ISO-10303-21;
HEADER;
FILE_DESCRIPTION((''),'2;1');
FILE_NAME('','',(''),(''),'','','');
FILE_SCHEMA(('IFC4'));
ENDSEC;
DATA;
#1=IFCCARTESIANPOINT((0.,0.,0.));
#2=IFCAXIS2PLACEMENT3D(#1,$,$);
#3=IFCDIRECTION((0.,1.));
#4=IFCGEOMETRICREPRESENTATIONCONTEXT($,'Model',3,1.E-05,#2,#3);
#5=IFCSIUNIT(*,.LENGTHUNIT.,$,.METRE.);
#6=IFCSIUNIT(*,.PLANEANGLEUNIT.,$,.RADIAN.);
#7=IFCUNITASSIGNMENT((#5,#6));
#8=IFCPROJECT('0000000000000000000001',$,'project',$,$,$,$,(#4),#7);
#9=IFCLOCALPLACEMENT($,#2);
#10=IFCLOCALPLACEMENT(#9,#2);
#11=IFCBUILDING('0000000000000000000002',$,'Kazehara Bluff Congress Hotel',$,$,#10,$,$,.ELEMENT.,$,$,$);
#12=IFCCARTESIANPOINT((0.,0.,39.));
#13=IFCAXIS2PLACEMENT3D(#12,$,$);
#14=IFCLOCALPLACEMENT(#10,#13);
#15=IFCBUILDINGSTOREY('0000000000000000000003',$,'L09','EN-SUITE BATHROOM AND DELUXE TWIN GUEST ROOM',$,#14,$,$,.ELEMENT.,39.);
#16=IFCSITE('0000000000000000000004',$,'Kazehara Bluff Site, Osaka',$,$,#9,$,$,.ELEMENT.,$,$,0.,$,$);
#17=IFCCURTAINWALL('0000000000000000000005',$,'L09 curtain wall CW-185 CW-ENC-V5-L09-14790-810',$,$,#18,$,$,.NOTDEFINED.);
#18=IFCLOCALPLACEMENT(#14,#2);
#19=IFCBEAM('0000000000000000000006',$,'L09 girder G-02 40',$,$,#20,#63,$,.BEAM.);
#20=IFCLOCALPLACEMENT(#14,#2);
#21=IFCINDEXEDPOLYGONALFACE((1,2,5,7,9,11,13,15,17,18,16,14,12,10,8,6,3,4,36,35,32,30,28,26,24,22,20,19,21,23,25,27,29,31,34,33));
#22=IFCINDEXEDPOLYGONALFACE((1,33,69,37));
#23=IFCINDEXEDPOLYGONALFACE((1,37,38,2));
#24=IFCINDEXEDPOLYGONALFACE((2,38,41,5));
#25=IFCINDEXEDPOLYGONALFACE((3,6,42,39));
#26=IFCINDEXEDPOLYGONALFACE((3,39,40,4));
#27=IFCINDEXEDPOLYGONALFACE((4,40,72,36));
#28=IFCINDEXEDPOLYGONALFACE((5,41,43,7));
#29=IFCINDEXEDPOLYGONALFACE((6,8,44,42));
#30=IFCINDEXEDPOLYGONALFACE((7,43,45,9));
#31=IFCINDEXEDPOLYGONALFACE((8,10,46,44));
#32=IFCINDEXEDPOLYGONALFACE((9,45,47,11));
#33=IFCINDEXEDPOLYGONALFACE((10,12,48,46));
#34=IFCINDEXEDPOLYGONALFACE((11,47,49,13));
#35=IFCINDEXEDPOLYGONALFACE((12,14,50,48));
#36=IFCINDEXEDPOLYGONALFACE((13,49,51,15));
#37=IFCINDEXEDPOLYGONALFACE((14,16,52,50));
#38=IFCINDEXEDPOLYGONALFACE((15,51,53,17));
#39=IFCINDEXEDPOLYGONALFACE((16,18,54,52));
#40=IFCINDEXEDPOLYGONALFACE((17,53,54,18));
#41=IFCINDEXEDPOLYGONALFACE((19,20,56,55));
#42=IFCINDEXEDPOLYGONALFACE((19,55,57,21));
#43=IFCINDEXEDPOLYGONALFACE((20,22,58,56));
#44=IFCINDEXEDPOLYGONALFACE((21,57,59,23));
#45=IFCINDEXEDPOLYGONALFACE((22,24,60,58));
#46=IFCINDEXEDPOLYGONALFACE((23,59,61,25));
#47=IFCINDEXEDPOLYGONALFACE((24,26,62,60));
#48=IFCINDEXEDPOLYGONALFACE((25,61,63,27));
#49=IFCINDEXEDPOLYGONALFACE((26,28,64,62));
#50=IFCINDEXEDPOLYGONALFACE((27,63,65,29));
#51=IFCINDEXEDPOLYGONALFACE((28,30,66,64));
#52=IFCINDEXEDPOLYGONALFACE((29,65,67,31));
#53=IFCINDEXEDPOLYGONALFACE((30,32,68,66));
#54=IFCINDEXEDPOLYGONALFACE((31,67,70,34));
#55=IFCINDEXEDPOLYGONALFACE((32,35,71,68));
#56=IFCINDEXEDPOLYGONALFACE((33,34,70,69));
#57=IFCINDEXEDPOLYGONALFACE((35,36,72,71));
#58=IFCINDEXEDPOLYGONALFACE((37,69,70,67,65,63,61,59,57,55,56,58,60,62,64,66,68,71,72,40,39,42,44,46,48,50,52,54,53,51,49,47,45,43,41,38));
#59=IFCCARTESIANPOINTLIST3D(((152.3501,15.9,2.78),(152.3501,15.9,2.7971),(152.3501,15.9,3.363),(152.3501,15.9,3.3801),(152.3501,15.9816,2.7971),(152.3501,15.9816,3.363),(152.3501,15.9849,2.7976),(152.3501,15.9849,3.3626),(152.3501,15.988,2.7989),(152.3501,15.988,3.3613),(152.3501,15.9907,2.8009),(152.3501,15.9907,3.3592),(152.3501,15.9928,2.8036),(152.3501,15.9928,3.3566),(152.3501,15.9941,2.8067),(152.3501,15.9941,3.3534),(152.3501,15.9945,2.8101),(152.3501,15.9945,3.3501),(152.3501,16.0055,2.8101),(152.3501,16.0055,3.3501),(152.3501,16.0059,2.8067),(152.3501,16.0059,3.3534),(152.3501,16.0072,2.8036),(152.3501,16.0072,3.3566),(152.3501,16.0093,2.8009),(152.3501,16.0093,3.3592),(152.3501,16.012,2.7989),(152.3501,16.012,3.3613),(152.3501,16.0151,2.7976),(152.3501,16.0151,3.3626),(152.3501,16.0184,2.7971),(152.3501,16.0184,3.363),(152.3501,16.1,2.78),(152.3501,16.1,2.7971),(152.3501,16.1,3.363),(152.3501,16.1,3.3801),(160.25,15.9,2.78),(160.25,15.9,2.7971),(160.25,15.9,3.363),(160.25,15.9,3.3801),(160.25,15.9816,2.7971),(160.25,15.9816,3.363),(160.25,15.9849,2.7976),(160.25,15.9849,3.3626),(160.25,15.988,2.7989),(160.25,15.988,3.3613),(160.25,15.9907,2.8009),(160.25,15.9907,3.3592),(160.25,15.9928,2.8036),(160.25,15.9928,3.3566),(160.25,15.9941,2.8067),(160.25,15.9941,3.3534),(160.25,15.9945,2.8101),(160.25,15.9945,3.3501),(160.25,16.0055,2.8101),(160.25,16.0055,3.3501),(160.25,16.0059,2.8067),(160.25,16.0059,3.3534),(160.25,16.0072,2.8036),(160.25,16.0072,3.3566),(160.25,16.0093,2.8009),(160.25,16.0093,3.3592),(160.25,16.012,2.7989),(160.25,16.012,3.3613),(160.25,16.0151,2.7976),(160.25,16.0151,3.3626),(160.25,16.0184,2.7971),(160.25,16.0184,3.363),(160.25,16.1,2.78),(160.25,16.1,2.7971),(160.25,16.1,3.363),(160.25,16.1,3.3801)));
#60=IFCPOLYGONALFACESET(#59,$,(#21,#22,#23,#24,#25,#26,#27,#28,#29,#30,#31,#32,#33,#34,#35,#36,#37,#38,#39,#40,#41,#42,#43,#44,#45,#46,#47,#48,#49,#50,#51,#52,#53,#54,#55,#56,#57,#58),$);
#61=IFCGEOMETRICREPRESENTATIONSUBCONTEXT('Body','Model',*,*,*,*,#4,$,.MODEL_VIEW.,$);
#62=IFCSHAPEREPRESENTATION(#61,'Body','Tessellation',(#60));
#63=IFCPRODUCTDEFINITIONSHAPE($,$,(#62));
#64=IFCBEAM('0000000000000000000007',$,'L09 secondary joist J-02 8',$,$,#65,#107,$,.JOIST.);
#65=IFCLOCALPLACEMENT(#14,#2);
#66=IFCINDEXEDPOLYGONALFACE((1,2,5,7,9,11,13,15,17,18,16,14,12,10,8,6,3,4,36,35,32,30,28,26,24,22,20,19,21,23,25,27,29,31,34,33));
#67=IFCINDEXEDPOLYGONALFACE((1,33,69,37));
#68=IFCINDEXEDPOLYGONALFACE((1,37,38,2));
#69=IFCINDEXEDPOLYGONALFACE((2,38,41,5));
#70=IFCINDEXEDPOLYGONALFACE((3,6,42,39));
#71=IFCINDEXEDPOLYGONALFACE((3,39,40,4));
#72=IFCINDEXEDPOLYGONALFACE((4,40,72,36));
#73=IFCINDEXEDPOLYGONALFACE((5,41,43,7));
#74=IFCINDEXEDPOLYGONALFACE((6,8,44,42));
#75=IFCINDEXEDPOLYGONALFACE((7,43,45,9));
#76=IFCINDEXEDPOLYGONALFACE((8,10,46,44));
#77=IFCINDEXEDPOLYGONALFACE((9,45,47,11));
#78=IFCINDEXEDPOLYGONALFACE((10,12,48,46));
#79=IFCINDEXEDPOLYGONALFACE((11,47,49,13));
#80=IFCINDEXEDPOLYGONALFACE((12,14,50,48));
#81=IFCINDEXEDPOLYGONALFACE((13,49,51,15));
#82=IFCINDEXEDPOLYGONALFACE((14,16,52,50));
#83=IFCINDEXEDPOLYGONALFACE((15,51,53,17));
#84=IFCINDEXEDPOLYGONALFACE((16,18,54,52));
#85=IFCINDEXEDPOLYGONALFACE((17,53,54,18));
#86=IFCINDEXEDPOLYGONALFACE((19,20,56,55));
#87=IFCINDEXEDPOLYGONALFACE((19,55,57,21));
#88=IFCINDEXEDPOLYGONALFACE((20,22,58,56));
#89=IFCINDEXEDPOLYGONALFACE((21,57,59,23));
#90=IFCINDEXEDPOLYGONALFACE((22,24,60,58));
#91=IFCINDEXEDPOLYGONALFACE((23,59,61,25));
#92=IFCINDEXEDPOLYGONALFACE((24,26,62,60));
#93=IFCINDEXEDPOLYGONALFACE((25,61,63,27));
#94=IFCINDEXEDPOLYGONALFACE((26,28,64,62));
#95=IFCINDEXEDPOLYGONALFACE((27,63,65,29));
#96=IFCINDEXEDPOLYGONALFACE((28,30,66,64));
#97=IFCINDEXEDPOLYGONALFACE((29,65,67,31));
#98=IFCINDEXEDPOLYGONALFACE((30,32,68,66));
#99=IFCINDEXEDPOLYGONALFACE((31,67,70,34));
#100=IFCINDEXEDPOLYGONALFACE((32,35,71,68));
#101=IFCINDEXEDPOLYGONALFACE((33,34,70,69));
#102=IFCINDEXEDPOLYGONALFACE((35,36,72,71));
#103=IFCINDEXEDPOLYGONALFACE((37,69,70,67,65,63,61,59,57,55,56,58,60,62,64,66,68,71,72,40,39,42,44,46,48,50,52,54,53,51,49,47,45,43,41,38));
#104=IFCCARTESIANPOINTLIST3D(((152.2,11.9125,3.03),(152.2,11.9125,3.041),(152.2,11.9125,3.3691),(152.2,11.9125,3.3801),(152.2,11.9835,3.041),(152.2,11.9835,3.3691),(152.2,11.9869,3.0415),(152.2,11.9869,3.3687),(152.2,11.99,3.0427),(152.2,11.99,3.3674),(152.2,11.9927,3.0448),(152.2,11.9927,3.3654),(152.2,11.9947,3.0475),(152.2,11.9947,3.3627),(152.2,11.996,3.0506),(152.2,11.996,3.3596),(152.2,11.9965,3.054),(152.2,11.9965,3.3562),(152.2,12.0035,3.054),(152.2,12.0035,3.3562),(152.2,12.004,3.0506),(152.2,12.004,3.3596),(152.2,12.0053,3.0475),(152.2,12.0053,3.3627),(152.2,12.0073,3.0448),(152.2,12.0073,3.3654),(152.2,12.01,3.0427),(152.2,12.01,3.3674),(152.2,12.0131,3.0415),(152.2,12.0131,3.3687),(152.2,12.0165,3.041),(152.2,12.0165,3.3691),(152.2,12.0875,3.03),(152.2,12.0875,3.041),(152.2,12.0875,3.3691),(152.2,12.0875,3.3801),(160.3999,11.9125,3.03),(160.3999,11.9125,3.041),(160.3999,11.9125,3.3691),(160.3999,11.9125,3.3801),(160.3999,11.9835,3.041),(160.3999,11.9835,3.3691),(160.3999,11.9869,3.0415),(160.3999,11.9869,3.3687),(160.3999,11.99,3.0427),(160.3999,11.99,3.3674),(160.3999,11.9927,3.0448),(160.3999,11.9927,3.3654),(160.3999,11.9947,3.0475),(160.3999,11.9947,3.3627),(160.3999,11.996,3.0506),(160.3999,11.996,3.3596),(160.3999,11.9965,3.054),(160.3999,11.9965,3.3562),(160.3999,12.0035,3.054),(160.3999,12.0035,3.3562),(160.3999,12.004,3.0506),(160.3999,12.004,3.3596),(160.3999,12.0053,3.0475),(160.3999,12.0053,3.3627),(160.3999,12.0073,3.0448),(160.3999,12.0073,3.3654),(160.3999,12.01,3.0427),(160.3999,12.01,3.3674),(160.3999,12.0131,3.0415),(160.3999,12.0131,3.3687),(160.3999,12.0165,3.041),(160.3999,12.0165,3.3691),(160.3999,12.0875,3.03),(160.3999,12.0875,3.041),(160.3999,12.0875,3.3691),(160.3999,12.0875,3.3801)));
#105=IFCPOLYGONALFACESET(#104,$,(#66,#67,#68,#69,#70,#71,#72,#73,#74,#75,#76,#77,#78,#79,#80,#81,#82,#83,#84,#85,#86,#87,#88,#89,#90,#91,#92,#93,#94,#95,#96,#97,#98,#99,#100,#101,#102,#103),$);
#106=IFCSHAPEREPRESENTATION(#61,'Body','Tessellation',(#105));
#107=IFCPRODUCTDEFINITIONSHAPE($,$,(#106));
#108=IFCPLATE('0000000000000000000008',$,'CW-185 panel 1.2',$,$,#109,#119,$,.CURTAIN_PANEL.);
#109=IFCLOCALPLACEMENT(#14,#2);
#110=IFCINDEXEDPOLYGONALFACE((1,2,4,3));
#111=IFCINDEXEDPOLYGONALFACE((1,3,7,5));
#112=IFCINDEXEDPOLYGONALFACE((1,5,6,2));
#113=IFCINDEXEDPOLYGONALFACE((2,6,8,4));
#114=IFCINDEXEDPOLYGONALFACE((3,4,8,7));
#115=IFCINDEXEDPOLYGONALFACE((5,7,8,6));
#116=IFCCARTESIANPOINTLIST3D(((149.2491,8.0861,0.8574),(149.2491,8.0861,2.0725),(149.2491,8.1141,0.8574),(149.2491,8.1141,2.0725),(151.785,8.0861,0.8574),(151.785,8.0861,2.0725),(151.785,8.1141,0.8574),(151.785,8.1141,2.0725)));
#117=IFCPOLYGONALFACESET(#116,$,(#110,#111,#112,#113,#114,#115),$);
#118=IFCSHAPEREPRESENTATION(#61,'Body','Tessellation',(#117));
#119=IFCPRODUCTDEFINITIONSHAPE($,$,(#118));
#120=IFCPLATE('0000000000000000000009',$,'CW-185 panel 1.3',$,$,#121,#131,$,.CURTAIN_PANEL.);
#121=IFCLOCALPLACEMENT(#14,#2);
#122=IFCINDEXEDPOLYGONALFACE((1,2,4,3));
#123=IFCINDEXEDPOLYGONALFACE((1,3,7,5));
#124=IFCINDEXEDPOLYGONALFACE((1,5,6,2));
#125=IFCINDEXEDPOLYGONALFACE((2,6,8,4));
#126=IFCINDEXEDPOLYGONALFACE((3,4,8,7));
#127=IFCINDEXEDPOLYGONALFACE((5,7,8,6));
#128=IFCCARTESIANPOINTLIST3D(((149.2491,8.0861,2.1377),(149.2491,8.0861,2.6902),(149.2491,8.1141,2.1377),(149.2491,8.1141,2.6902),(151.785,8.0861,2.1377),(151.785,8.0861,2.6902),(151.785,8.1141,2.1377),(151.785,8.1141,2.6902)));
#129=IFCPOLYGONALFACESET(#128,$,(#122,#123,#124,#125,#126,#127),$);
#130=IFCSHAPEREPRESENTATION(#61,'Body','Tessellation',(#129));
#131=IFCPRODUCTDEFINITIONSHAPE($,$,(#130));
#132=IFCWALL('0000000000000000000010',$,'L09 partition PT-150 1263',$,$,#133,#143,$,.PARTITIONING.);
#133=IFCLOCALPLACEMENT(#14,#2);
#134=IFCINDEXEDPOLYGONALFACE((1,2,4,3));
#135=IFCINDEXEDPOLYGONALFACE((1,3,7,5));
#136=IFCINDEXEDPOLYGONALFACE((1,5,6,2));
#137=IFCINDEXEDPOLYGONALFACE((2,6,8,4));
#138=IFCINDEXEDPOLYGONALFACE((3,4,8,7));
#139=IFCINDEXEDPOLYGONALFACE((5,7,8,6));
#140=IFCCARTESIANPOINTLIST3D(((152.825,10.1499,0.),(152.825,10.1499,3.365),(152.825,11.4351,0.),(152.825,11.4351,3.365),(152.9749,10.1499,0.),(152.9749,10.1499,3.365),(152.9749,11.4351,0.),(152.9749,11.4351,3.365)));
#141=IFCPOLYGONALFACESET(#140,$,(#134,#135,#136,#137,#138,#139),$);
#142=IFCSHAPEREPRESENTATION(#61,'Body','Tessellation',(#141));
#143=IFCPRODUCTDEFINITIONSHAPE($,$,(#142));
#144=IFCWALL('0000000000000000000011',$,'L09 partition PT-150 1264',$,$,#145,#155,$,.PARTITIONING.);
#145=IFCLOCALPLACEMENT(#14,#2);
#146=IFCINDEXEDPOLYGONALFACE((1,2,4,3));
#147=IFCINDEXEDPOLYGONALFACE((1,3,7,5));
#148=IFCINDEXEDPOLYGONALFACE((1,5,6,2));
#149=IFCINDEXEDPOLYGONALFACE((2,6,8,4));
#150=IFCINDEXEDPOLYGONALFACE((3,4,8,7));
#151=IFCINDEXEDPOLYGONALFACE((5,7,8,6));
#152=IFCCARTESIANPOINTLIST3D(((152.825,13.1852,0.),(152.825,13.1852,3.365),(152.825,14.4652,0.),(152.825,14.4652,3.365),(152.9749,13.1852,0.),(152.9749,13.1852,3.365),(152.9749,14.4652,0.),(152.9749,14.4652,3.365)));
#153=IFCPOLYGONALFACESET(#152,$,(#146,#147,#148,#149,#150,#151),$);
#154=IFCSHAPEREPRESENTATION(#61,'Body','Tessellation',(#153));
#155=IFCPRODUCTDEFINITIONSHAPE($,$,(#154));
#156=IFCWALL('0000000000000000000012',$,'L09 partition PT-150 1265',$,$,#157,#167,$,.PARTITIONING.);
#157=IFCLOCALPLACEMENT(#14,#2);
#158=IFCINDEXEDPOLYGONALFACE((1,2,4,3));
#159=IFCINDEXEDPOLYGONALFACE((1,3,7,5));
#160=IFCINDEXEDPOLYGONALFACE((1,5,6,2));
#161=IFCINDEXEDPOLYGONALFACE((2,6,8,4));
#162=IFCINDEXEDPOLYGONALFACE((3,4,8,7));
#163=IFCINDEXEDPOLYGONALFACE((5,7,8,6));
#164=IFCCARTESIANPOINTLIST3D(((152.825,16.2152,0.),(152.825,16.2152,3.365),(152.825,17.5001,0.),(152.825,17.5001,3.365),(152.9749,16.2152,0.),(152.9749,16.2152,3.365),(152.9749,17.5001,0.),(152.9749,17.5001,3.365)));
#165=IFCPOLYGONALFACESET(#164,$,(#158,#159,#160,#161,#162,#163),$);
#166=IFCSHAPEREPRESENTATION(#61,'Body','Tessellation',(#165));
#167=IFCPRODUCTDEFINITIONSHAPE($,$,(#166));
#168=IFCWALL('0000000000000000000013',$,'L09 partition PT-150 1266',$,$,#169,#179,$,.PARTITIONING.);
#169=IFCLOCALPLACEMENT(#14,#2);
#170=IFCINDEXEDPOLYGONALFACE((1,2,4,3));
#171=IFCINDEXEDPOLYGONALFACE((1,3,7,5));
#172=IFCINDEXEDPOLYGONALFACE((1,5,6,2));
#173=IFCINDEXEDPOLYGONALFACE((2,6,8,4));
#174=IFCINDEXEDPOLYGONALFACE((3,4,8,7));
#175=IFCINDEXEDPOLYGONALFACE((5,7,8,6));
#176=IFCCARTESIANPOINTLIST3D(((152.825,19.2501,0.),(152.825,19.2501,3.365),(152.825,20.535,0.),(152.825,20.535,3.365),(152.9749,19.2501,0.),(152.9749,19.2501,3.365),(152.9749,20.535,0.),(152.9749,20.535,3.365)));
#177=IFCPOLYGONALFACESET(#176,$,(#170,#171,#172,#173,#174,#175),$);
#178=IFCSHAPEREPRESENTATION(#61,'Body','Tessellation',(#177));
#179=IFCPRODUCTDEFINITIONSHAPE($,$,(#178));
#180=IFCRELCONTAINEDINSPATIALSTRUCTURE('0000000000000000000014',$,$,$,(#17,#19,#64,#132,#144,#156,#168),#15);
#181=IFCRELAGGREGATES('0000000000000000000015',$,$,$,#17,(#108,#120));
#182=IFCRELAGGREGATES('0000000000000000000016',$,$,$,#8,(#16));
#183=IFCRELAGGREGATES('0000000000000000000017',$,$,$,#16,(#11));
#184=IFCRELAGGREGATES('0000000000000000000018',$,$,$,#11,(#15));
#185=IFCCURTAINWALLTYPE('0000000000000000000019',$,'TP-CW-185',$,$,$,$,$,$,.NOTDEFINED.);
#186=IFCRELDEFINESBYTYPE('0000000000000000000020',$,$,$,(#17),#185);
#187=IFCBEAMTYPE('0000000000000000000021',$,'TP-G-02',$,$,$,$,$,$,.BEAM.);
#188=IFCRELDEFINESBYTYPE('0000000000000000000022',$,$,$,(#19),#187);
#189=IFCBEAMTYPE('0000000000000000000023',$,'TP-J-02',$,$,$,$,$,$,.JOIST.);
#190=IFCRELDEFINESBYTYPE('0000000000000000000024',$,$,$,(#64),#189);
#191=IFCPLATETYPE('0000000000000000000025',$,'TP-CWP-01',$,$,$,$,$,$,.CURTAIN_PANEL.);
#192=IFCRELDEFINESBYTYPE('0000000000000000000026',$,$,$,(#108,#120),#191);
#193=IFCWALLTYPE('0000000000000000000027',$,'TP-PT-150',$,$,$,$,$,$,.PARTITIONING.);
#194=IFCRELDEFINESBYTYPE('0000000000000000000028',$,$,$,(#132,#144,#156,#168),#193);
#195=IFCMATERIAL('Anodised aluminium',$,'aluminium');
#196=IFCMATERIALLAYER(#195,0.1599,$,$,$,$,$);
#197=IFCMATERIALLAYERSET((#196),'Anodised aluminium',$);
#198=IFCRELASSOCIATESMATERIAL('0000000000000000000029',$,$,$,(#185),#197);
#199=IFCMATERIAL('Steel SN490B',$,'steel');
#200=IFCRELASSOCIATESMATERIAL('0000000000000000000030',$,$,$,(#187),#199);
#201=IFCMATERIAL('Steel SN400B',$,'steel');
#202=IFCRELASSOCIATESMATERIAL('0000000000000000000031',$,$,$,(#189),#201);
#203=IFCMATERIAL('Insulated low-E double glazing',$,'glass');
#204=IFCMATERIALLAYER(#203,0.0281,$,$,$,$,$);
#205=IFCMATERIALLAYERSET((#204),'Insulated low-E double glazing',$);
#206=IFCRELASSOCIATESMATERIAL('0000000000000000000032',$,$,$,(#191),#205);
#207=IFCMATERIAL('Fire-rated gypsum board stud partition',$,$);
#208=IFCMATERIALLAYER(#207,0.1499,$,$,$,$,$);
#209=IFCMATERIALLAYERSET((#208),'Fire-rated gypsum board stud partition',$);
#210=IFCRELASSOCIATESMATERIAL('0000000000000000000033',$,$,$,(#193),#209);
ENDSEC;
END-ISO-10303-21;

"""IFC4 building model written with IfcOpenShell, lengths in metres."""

from ifc_helpers import new_model, si_unit, direction, frame, frame_2d, origin, origin_2d, place, context, subcontext, project, spatial, rectangle, i_section, extrude, material, layer, layer_set, material_profile, profile_set, type_object, element, aggregate, save


model = new_model("IFC4")

# Units and contexts
model_context = context("Model", 3, precision=1e-05, world=origin(), true_north=direction((0.0, 1.0)))
body_context = subcontext(model_context, "Body", "Model", "MODEL_VIEW")
ifc_project = project(units=[si_unit("LENGTHUNIT", "METRE"), si_unit("PLANEANGLEUNIT", "RADIAN")], contexts=[model_context])

# Site, building, storey
site_placement = place(None, origin())
site = spatial("IfcSite", under=ifc_project, at=site_placement, Name="Kazehara Bluff Site, Osaka", CompositionType="ELEMENT", RefElevation=0.0)
building_placement = place(site_placement, origin())
building = spatial("IfcBuilding", under=site, at=building_placement, Name="Kazehara Bluff Congress Hotel", CompositionType="ELEMENT")
storey_placement = place(building_placement, frame((0.0, 0.0, 39.0)))
storey = spatial("IfcBuildingStorey", under=building, at=storey_placement, Name="L09", Description="EN-SUITE BATHROOM AND DELUXE TWIN GUEST ROOM", CompositionType="ELEMENT", Elevation=39.0)

# Curtain wall
ifc_material_1 = material(Name="Anodised aluminium", Category="aluminium")
ifc_layer_1 = layer(ifc_material_1, 0.1599)
ifc_layer_set_1 = layer_set([ifc_layer_1], Name="Anodised aluminium")
curtain_wall_type = type_object("IfcCurtainWallType", Name="TP-CW-185", PredefinedType="NOTDEFINED", material=ifc_layer_set_1)
curtain_wall_1_placement = place(storey_placement, origin())
curtain_wall_1 = element("IfcCurtainWall", 1, at=curtain_wall_1_placement, inside=storey, type_object=curtain_wall_type, Name="L09 curtain wall CW-185 CW-ENC-V5-L09-14790-810", PredefinedType="NOTDEFINED")

# Beams
ifc_material_2 = material(Name="Steel SN490B", Category="steel")
ifc_material_profile_1 = material_profile(ifc_material_2, i_section(OverallWidth=0.2, OverallDepth=0.6001, WebThickness=0.011, FlangeThickness=0.0171, FilletRadius=0.0129, at=origin_2d()))
ifc_profile_set_1 = profile_set([ifc_material_profile_1], Name="Steel SN490B")
beam_type_1 = type_object("IfcBeamType", Name="TP-G-02", PredefinedType="BEAM", material=ifc_profile_set_1)
beam_1_placement = place(storey_placement, frame((152.3501, 16.0, 3.0801), z_axis=(1.0, 0.0, 0.0), x_axis=(0.0, 1.0, 0.0)))
element("IfcBeam", 2, at=beam_1_placement, inside=storey, type_object=beam_type_1, Name="L09 girder G-02 40", PredefinedType="BEAM", context=body_context, shape_type="SweptSolid", body=[
    extrude(i_section(OverallWidth=0.2, OverallDepth=0.6001, WebThickness=0.011, FlangeThickness=0.0171, FilletRadius=0.0129, at=origin_2d()), origin(), (0.0, 0.0, 1.0), 7.8999),
])
ifc_material_3 = material(Name="Steel SN400B", Category="steel")
ifc_material_profile_2 = material_profile(ifc_material_3, i_section(OverallWidth=0.175, OverallDepth=0.3501, WebThickness=0.0071, FlangeThickness=0.011, FilletRadius=0.0129, at=origin_2d()))
ifc_profile_set_2 = profile_set([ifc_material_profile_2], Name="Steel SN400B")
beam_type_2 = type_object("IfcBeamType", Name="TP-J-02", PredefinedType="JOIST", material=ifc_profile_set_2)
beam_2_placement = place(storey_placement, frame((152.2, 12.0, 3.2051), z_axis=(1.0, 0.0, 0.0), x_axis=(0.0, 1.0, 0.0)))
element("IfcBeam", 3, at=beam_2_placement, inside=storey, type_object=beam_type_2, Name="L09 secondary joist J-02 8", PredefinedType="JOIST", context=body_context, shape_type="SweptSolid", body=[
    extrude(i_section(OverallWidth=0.175, OverallDepth=0.3501, WebThickness=0.0071, FlangeThickness=0.011, FilletRadius=0.0129, at=origin_2d()), origin(), (0.0, 0.0, 1.0), 8.2),
])

# Plates
ifc_material_4 = material(Name="Insulated low-E double glazing", Category="glass")
ifc_layer_2 = layer(ifc_material_4, 0.0281)
ifc_layer_set_2 = layer_set([ifc_layer_2], Name="Insulated low-E double glazing")
plate_type = type_object("IfcPlateType", Name="TP-CWP-01", PredefinedType="CURTAIN_PANEL", material=ifc_layer_set_2)
plate_1_placement = place(storey_placement, frame((150.5171, 8.1001, 0.8574), z_axis=(0.0, 0.0, 1.0), x_axis=(-1.0, 0.0, 0.0)))
plate_1 = element("IfcPlate", 4, at=plate_1_placement, type_object=plate_type, Name="CW-185 panel 1.2", PredefinedType="CURTAIN_PANEL", context=body_context, shape_type="SweptSolid", body=[
    extrude(rectangle(XDim=2.5359, YDim=0.0281, at=origin_2d()), origin(), (0.0, 0.0, 1.0), 1.2151),
])
plate_2_placement = place(storey_placement, frame((150.5171, 8.1001, 2.1377), z_axis=(0.0, 0.0, 1.0), x_axis=(-1.0, 0.0, 0.0)))
plate_2 = element("IfcPlate", 5, at=plate_2_placement, type_object=plate_type, Name="CW-185 panel 1.3", PredefinedType="CURTAIN_PANEL", context=body_context, shape_type="SweptSolid", body=[
    extrude(rectangle(XDim=2.5359, YDim=0.0281, at=origin_2d()), origin(), (0.0, 0.0, 1.0), 0.5525),
])
aggregate(curtain_wall_1, [plate_1, plate_2])

# Shared definitions
ifc_material_5 = material(Name="Fire-rated gypsum board stud partition")
ifc_layer_3 = layer(ifc_material_5, 0.1499)
ifc_layer_set_3 = layer_set([ifc_layer_3], Name="Fire-rated gypsum board stud partition")
wall_type = type_object("IfcWallType", Name="TP-PT-150", PredefinedType="PARTITIONING", material=ifc_layer_set_3)

# Walls
wall_1_placement = place(storey_placement, frame((152.8999, 10.1499, 0.0), z_axis=(0.0, 0.0, 1.0), x_axis=(0.0, 1.0, 0.0)))
element("IfcWall", 6, at=wall_1_placement, inside=storey, type_object=wall_type, Name="L09 partition PT-150 1263", PredefinedType="PARTITIONING", context=body_context, shape_type="SweptSolid", body=[
    extrude(rectangle(XDim=1.2852, YDim=0.1499, at=frame_2d((0.6426, 0.0))), origin(), (0.0, 0.0, 1.0), 3.365),
])
wall_2_placement = place(storey_placement, frame((152.8999, 13.1851, 0.0), z_axis=(0.0, 0.0, 1.0), x_axis=(0.0, 1.0, 0.0)))
element("IfcWall", 7, at=wall_2_placement, inside=storey, type_object=wall_type, Name="L09 partition PT-150 1264", PredefinedType="PARTITIONING", context=body_context, shape_type="SweptSolid", body=[
    extrude(rectangle(XDim=1.28, YDim=0.1499, at=frame_2d((0.6401, 0.0))), origin(), (0.0, 0.0, 1.0), 3.365),
])
for number, where, z_axis, x_axis, name in (
    (8, (152.8999, 16.2151, 0.0), (0.0, 0.0, 1.0), (0.0, 1.0, 0.0), "L09 partition PT-150 1265"),
    (9, (152.8999, 19.25, 0.0), (0.0, 0.0, 1.0), (0.0, 1.0, 0.0), "L09 partition PT-150 1266"),
):
    element("IfcWall", number, at=place(storey_placement, frame(where, z_axis=z_axis, x_axis=x_axis)), inside=storey, type_object=wall_type, Name=name, PredefinedType="PARTITIONING", context=body_context, shape_type="SweptSolid", body=[
        extrude(rectangle(XDim=1.2849, YDim=0.1499, at=frame_2d((0.6426, 0.0))), origin(), (0.0, 0.0, 1.0), 3.365),
    ])

save(model, "model.ifc")
